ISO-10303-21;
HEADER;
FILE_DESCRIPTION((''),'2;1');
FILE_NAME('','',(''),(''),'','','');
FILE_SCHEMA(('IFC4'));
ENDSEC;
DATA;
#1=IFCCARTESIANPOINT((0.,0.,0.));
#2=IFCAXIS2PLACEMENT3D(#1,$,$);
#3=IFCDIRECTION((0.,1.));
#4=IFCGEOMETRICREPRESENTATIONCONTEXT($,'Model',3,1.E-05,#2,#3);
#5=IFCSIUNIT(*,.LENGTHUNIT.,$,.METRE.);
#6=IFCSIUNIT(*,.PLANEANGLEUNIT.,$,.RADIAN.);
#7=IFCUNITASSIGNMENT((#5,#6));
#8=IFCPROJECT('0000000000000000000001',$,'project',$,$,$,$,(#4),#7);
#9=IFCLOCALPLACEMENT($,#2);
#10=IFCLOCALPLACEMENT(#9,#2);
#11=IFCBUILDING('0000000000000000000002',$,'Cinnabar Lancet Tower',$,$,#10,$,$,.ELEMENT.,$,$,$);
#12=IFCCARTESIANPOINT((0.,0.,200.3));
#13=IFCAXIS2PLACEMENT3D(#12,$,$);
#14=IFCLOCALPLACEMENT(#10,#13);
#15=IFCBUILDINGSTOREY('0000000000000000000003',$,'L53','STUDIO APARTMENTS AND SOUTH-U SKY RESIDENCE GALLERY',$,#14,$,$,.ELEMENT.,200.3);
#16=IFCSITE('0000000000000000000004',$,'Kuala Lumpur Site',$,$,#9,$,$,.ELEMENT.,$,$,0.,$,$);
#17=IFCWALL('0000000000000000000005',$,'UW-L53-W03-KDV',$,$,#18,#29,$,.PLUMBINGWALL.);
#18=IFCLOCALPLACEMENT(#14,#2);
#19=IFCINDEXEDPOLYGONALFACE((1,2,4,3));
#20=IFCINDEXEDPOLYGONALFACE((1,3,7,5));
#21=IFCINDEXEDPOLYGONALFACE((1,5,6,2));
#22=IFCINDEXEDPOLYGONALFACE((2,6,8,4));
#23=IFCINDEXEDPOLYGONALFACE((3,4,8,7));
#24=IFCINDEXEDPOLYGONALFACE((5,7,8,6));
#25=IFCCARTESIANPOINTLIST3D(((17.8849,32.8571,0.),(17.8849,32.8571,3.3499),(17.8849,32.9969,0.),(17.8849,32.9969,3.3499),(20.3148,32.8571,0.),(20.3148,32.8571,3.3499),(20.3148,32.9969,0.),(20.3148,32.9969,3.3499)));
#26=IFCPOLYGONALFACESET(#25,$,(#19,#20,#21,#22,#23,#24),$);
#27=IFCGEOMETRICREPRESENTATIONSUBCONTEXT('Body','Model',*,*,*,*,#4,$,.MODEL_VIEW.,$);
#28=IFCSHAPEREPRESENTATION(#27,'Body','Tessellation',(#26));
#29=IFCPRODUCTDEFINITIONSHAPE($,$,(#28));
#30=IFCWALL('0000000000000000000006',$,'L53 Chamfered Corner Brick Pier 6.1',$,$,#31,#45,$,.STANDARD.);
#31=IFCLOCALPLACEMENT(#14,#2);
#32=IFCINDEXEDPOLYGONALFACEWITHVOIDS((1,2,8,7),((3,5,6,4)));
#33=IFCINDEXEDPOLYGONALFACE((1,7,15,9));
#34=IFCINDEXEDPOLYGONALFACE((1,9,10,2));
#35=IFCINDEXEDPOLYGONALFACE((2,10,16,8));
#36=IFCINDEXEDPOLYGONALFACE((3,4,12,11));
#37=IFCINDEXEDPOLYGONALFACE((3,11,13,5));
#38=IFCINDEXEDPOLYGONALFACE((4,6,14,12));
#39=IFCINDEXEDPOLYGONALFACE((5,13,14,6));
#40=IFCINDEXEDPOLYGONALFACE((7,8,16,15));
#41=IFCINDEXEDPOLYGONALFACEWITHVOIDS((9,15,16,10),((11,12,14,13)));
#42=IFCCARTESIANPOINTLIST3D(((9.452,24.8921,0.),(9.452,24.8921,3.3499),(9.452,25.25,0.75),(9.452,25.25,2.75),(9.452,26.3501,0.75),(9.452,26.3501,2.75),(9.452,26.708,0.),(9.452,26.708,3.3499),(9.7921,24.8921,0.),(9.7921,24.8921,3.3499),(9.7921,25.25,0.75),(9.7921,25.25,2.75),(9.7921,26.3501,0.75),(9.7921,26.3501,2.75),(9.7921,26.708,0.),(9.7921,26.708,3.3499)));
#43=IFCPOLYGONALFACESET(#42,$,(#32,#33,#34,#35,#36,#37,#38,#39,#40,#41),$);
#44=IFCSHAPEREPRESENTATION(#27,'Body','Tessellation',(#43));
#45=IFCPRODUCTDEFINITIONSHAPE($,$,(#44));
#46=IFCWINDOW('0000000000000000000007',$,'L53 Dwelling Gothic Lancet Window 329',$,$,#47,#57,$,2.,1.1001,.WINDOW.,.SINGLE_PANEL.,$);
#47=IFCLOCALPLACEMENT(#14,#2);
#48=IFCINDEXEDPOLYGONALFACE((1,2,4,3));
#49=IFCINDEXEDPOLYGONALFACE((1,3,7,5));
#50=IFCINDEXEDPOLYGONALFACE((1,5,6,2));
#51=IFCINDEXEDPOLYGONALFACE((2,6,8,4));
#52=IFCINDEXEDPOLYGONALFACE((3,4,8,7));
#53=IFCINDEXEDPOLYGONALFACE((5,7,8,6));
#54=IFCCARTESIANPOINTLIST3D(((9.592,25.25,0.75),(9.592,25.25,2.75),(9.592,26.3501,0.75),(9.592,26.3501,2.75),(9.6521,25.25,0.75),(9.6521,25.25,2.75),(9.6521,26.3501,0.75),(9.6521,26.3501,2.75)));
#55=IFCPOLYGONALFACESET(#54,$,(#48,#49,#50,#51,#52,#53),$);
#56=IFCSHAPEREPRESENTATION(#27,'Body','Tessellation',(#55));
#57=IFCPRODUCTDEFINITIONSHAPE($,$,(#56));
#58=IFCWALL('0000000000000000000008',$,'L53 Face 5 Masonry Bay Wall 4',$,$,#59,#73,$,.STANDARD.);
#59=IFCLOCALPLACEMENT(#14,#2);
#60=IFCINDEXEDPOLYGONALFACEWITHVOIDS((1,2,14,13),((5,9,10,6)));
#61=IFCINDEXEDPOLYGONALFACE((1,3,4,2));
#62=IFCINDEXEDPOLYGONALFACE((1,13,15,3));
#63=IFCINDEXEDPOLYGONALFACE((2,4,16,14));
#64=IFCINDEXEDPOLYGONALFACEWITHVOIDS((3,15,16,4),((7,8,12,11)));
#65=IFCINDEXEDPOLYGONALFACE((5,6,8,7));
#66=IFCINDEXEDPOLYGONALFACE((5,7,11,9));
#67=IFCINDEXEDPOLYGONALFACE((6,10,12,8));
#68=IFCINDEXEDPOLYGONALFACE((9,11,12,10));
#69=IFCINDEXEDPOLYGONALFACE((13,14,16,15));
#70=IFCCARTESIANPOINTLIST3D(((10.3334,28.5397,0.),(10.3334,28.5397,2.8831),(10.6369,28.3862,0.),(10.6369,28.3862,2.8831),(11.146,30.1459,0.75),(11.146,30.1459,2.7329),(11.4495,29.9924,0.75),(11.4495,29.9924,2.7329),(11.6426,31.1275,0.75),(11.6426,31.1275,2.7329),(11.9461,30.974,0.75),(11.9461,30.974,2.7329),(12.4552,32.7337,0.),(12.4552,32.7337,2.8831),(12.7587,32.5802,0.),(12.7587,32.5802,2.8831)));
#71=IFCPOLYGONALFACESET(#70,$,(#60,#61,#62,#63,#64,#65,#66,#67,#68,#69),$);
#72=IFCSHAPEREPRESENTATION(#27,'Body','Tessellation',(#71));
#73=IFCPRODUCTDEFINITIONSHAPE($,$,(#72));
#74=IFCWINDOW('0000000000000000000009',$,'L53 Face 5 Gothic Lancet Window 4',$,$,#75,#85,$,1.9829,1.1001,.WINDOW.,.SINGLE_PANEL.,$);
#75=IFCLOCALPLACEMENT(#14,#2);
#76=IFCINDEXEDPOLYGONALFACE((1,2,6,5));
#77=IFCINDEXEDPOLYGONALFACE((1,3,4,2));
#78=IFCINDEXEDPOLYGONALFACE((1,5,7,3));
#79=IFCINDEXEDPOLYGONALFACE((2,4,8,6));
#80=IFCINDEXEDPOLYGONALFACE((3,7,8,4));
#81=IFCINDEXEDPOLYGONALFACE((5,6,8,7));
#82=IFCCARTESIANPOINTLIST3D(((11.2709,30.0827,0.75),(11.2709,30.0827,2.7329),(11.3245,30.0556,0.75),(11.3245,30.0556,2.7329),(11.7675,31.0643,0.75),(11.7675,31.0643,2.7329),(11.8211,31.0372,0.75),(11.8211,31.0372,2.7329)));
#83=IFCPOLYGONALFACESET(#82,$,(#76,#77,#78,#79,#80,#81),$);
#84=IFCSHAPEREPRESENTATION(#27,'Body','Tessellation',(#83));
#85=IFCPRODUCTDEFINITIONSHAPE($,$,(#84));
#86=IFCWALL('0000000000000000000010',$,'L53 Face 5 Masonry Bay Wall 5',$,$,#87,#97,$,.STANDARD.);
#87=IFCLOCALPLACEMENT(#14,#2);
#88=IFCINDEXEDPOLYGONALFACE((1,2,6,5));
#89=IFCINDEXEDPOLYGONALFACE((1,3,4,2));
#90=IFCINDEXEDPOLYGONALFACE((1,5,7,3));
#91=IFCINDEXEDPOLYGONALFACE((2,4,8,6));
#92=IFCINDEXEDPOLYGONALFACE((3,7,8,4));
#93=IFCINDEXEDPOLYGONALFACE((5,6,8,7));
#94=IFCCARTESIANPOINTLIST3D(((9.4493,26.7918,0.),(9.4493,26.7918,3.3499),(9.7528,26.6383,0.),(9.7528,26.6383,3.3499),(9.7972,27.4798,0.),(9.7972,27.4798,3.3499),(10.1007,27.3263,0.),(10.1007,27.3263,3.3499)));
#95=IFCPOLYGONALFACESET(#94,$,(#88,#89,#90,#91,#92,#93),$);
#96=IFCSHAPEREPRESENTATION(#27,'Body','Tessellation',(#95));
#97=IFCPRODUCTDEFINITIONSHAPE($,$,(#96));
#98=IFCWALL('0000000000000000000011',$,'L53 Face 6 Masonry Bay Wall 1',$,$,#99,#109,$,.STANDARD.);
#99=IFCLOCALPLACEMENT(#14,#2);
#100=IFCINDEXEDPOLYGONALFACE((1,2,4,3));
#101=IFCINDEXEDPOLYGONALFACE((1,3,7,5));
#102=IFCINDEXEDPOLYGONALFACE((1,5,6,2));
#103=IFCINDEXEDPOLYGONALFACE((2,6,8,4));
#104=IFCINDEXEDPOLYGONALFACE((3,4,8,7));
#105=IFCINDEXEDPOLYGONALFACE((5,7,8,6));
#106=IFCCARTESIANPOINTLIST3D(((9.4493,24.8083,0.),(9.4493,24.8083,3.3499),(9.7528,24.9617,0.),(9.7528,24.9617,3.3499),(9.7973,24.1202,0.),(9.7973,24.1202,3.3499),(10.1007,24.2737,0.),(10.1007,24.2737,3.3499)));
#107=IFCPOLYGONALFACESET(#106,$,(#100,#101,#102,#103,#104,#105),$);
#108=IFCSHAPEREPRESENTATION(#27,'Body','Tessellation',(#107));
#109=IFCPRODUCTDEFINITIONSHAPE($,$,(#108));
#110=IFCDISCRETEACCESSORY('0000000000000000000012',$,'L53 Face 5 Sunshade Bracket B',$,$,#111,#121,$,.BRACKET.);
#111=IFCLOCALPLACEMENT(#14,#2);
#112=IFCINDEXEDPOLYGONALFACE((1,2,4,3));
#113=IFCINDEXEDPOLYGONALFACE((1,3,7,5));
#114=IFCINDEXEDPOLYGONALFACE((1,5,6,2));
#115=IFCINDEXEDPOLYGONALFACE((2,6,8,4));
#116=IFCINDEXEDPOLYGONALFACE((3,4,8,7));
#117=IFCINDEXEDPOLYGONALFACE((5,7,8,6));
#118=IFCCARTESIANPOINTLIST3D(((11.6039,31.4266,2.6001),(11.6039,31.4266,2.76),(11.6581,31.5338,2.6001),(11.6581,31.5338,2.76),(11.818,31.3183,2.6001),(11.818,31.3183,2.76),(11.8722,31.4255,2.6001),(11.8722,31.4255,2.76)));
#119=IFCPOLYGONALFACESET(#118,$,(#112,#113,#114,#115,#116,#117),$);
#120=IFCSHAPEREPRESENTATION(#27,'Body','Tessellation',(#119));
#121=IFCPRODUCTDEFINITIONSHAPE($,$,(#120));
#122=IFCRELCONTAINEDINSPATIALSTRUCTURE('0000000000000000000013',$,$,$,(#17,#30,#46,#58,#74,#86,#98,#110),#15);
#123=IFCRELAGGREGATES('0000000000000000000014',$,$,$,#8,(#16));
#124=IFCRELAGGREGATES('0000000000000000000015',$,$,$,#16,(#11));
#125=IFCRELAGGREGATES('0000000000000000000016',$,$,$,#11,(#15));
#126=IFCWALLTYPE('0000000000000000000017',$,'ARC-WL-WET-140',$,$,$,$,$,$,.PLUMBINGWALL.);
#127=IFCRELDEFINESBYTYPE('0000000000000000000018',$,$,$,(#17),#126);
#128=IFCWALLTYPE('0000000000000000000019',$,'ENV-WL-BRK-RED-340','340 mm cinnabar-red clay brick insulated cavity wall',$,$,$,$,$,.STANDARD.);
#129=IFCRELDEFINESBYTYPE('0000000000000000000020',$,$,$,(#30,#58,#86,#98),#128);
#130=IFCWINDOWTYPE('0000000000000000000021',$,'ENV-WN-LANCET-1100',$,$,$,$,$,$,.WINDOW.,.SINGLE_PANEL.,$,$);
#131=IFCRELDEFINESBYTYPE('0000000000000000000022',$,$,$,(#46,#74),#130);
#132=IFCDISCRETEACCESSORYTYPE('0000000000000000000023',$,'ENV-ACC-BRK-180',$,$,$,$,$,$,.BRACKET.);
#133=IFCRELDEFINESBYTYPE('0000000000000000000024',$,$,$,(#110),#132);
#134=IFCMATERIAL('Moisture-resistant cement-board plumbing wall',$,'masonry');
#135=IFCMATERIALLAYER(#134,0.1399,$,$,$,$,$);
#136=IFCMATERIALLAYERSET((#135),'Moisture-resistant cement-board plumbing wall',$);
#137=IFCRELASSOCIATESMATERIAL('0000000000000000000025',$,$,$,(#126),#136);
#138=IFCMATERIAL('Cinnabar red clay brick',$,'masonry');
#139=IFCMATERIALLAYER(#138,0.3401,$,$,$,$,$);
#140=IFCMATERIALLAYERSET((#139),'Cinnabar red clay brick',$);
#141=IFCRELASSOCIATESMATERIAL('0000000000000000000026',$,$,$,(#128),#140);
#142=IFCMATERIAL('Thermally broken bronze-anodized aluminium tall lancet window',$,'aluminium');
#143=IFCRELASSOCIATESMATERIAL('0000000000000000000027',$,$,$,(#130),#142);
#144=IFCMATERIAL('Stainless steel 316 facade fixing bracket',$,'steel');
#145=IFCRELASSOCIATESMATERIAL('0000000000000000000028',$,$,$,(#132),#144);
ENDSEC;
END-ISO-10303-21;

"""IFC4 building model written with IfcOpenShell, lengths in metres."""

from ifc_helpers import new_model, si_unit, direction, frame, frame_2d, origin, origin_2d, place, context, subcontext, project, spatial, rectangle, extrude, material, layer, layer_set, type_object, element, fill, save


model = new_model("IFC4")

# Units and contexts
model_context = context("Model", 3, precision=1e-05, world=origin(), true_north=direction((0.0, 1.0)))
body_context = subcontext(model_context, "Body", "Model", "MODEL_VIEW")
ifc_project = project(units=[si_unit("LENGTHUNIT", "METRE"), si_unit("PLANEANGLEUNIT", "RADIAN")], contexts=[model_context])

# Site, building, storey
site_placement = place(None, origin())
site = spatial("IfcSite", under=ifc_project, at=site_placement, Name="Kuala Lumpur Site", CompositionType="ELEMENT", RefElevation=0.0)
building_placement = place(site_placement, origin())
building = spatial("IfcBuilding", under=site, at=building_placement, Name="Cinnabar Lancet Tower", CompositionType="ELEMENT")
storey_placement = place(building_placement, frame((0.0, 0.0, 200.3)))
storey = spatial("IfcBuildingStorey", under=building, at=storey_placement, Name="L53", Description="STUDIO APARTMENTS AND SOUTH-U SKY RESIDENCE GALLERY", CompositionType="ELEMENT", Elevation=200.3)

# Shared definitions
ifc_material_1 = material(Name="Moisture-resistant cement-board plumbing wall", Category="masonry")
ifc_layer_1 = layer(ifc_material_1, 0.1399)
ifc_layer_set_1 = layer_set([ifc_layer_1], Name="Moisture-resistant cement-board plumbing wall")
wall_type_1 = type_object("IfcWallType", Name="ARC-WL-WET-140", PredefinedType="PLUMBINGWALL", material=ifc_layer_set_1)

# Wall
wall_1_placement = place(storey_placement, frame((17.885, 32.927, 0.0), z_axis=(0.0, 0.0, 1.0), x_axis=(1.0, 0.0, 0.0)))
element("IfcWall", 1, at=wall_1_placement, inside=storey, type_object=wall_type_1, Name="UW-L53-W03-KDV", PredefinedType="PLUMBINGWALL", context=body_context, shape_type="SweptSolid", body=[
    extrude(rectangle(XDim=2.4299, YDim=0.1399, at=frame_2d((1.2148, 0.0))), origin(), (0.0, 0.0, 1.0), 3.3499),
])

# Walls, openings, windows
ifc_material_2 = material(Name="Cinnabar red clay brick", Category="masonry")
ifc_layer_2 = layer(ifc_material_2, 0.3401)
ifc_layer_set_2 = layer_set([ifc_layer_2], Name="Cinnabar red clay brick")
wall_type_2 = type_object("IfcWallType", Name="ENV-WL-BRK-RED-340", Description="340 mm cinnabar-red clay brick insulated cavity wall", PredefinedType="STANDARD", material=ifc_layer_set_2)
wall_2_placement = place(storey_placement, frame((9.6221, 26.708, 0.0), z_axis=(0.0, 0.0, 1.0), x_axis=(0.0, -1.0, 0.0)))
wall_2 = element("IfcWall", 2, at=wall_2_placement, inside=storey, type_object=wall_type_2, Name="L53 Chamfered Corner Brick Pier 6.1", PredefinedType="STANDARD", context=body_context, shape_type="SweptSolid", body=[
    extrude(rectangle(XDim=1.8159, YDim=0.3401, at=frame_2d((0.908, 0.0))), origin(), (0.0, 0.0, 1.0), 3.3499),
])
opening_1_placement = place(wall_2_placement, frame((0.3579, 0.0, 0.75)))
opening_1 = element("IfcOpeningElement", 3, at=opening_1_placement, cuts=wall_2, PredefinedType="OPENING", context=body_context, shape_type="SweptSolid", body=[
    extrude(rectangle(XDim=1.1001, YDim=2.0, at=frame_2d((0.55, 1.0))), frame((0.0, 0.1799, 0.0), z_axis=(0.0, -1.0, 0.0), x_axis=(1.0, 0.0, 0.0)), (0.0, 0.0, 1.0), 0.3601),
])
ifc_material_3 = material(Name="Thermally broken bronze-anodized aluminium tall lancet window", Category="aluminium")
window_type = type_object("IfcWindowType", Name="ENV-WN-LANCET-1100", PartitioningType="SINGLE_PANEL", PredefinedType="WINDOW", material=ifc_material_3)
window_1_placement = place(opening_1_placement, origin())
window_1 = element("IfcWindow", 4, at=window_1_placement, inside=storey, type_object=window_type, Name="L53 Dwelling Gothic Lancet Window 329", OverallHeight=2.0, OverallWidth=1.1001, PartitioningType="SINGLE_PANEL", PredefinedType="WINDOW", context=body_context, shape_type="SweptSolid", body=[
    extrude(rectangle(XDim=1.1001, YDim=2.0, at=frame_2d((0.55, 1.0))), frame((0.0, 0.03, 0.0), z_axis=(0.0, -1.0, 0.0), x_axis=(1.0, 0.0, 0.0)), (0.0, 0.0, 1.0), 0.0601),
])
fill(opening_1, window_1)
wall_3_placement = place(storey_placement, frame((12.6069, 32.657, 0.0), z_axis=(0.0, 0.0, 1.0), x_axis=(-0.451426, -0.892308, 0.0)))
wall_3 = element("IfcWall", 5, at=wall_3_placement, inside=storey, type_object=wall_type_2, Name="L53 Face 5 Masonry Bay Wall 4", PredefinedType="STANDARD", context=body_context, shape_type="SweptSolid", body=[
    extrude(rectangle(XDim=4.7002, YDim=0.3401, at=frame_2d((2.3501, 0.0))), origin(), (0.0, 0.0, 1.0), 2.8831),
])
opening_2_placement = place(wall_3_placement, frame((1.8, 0.0, 0.75)))
opening_2 = element("IfcOpeningElement", 6, at=opening_2_placement, cuts=wall_3, PredefinedType="OPENING", context=body_context, shape_type="SweptSolid", body=[
    extrude(rectangle(XDim=1.1001, YDim=1.9829, at=frame_2d((0.55, 0.9915))), frame((0.0, 0.1799, 0.0), z_axis=(0.0, -1.0, 0.0), x_axis=(1.0, 0.0, 0.0)), (0.0, 0.0, 1.0), 0.3601),
])
window_2_placement = place(opening_2_placement, origin())
window_2 = element("IfcWindow", 7, at=window_2_placement, inside=storey, type_object=window_type, Name="L53 Face 5 Gothic Lancet Window 4", OverallHeight=1.9829, OverallWidth=1.1001, PartitioningType="SINGLE_PANEL", PredefinedType="WINDOW", context=body_context, shape_type="SweptSolid", body=[
    extrude(rectangle(XDim=1.1001, YDim=1.9829, at=frame_2d((0.55, 0.9915))), frame((0.0, 0.03, 0.0), z_axis=(0.0, -1.0, 0.0), x_axis=(1.0, 0.0, 0.0)), (0.0, 0.0, 1.0), 0.0601),
])
fill(opening_2, window_2)

# Walls
for number, where, z_axis, x_axis, name in (
    (8, (9.949, 27.4031, 0.0), (0.0, 0.0, 1.0), (-0.451262, -0.892391, 0.0), "L53 Face 5 Masonry Bay Wall 5"),
    (9, (9.6011, 24.885, 0.0), (0.0, 0.0, 1.0), (0.451262, -0.892391, 0.0), "L53 Face 6 Masonry Bay Wall 1"),
):
    element("IfcWall", number, at=place(storey_placement, frame(where, z_axis=z_axis, x_axis=x_axis)), inside=storey, type_object=wall_type_2, Name=name, PredefinedType="STANDARD", context=body_context, shape_type="SweptSolid", body=[
        extrude(rectangle(XDim=0.771, YDim=0.3401, at=frame_2d((0.3855, 0.0))), origin(), (0.0, 0.0, 1.0), 3.3499),
    ])

# Discrete accessory
ifc_material_4 = material(Name="Stainless steel 316 facade fixing bracket", Category="steel")
discrete_accessory_type = type_object("IfcDiscreteAccessoryType", Name="ENV-ACC-BRK-180", PredefinedType="BRACKET", material=ifc_material_4)
discrete_accessory_placement = place(storey_placement, frame((11.738, 31.426, 2.6001), z_axis=(0.0, 0.0, 1.0), x_axis=(-0.451407, -0.892318, 0.0)))
element("IfcDiscreteAccessory", 10, at=discrete_accessory_placement, inside=storey, type_object=discrete_accessory_type, Name="L53 Face 5 Sunshade Bracket B", PredefinedType="BRACKET", context=body_context, shape_type="SweptSolid", body=[
    extrude(rectangle(XDim=0.1201, YDim=0.24, at=origin_2d()), origin(), (0.0, 0.0, 1.0), 0.1599),
])

save(model, "model.ifc")
